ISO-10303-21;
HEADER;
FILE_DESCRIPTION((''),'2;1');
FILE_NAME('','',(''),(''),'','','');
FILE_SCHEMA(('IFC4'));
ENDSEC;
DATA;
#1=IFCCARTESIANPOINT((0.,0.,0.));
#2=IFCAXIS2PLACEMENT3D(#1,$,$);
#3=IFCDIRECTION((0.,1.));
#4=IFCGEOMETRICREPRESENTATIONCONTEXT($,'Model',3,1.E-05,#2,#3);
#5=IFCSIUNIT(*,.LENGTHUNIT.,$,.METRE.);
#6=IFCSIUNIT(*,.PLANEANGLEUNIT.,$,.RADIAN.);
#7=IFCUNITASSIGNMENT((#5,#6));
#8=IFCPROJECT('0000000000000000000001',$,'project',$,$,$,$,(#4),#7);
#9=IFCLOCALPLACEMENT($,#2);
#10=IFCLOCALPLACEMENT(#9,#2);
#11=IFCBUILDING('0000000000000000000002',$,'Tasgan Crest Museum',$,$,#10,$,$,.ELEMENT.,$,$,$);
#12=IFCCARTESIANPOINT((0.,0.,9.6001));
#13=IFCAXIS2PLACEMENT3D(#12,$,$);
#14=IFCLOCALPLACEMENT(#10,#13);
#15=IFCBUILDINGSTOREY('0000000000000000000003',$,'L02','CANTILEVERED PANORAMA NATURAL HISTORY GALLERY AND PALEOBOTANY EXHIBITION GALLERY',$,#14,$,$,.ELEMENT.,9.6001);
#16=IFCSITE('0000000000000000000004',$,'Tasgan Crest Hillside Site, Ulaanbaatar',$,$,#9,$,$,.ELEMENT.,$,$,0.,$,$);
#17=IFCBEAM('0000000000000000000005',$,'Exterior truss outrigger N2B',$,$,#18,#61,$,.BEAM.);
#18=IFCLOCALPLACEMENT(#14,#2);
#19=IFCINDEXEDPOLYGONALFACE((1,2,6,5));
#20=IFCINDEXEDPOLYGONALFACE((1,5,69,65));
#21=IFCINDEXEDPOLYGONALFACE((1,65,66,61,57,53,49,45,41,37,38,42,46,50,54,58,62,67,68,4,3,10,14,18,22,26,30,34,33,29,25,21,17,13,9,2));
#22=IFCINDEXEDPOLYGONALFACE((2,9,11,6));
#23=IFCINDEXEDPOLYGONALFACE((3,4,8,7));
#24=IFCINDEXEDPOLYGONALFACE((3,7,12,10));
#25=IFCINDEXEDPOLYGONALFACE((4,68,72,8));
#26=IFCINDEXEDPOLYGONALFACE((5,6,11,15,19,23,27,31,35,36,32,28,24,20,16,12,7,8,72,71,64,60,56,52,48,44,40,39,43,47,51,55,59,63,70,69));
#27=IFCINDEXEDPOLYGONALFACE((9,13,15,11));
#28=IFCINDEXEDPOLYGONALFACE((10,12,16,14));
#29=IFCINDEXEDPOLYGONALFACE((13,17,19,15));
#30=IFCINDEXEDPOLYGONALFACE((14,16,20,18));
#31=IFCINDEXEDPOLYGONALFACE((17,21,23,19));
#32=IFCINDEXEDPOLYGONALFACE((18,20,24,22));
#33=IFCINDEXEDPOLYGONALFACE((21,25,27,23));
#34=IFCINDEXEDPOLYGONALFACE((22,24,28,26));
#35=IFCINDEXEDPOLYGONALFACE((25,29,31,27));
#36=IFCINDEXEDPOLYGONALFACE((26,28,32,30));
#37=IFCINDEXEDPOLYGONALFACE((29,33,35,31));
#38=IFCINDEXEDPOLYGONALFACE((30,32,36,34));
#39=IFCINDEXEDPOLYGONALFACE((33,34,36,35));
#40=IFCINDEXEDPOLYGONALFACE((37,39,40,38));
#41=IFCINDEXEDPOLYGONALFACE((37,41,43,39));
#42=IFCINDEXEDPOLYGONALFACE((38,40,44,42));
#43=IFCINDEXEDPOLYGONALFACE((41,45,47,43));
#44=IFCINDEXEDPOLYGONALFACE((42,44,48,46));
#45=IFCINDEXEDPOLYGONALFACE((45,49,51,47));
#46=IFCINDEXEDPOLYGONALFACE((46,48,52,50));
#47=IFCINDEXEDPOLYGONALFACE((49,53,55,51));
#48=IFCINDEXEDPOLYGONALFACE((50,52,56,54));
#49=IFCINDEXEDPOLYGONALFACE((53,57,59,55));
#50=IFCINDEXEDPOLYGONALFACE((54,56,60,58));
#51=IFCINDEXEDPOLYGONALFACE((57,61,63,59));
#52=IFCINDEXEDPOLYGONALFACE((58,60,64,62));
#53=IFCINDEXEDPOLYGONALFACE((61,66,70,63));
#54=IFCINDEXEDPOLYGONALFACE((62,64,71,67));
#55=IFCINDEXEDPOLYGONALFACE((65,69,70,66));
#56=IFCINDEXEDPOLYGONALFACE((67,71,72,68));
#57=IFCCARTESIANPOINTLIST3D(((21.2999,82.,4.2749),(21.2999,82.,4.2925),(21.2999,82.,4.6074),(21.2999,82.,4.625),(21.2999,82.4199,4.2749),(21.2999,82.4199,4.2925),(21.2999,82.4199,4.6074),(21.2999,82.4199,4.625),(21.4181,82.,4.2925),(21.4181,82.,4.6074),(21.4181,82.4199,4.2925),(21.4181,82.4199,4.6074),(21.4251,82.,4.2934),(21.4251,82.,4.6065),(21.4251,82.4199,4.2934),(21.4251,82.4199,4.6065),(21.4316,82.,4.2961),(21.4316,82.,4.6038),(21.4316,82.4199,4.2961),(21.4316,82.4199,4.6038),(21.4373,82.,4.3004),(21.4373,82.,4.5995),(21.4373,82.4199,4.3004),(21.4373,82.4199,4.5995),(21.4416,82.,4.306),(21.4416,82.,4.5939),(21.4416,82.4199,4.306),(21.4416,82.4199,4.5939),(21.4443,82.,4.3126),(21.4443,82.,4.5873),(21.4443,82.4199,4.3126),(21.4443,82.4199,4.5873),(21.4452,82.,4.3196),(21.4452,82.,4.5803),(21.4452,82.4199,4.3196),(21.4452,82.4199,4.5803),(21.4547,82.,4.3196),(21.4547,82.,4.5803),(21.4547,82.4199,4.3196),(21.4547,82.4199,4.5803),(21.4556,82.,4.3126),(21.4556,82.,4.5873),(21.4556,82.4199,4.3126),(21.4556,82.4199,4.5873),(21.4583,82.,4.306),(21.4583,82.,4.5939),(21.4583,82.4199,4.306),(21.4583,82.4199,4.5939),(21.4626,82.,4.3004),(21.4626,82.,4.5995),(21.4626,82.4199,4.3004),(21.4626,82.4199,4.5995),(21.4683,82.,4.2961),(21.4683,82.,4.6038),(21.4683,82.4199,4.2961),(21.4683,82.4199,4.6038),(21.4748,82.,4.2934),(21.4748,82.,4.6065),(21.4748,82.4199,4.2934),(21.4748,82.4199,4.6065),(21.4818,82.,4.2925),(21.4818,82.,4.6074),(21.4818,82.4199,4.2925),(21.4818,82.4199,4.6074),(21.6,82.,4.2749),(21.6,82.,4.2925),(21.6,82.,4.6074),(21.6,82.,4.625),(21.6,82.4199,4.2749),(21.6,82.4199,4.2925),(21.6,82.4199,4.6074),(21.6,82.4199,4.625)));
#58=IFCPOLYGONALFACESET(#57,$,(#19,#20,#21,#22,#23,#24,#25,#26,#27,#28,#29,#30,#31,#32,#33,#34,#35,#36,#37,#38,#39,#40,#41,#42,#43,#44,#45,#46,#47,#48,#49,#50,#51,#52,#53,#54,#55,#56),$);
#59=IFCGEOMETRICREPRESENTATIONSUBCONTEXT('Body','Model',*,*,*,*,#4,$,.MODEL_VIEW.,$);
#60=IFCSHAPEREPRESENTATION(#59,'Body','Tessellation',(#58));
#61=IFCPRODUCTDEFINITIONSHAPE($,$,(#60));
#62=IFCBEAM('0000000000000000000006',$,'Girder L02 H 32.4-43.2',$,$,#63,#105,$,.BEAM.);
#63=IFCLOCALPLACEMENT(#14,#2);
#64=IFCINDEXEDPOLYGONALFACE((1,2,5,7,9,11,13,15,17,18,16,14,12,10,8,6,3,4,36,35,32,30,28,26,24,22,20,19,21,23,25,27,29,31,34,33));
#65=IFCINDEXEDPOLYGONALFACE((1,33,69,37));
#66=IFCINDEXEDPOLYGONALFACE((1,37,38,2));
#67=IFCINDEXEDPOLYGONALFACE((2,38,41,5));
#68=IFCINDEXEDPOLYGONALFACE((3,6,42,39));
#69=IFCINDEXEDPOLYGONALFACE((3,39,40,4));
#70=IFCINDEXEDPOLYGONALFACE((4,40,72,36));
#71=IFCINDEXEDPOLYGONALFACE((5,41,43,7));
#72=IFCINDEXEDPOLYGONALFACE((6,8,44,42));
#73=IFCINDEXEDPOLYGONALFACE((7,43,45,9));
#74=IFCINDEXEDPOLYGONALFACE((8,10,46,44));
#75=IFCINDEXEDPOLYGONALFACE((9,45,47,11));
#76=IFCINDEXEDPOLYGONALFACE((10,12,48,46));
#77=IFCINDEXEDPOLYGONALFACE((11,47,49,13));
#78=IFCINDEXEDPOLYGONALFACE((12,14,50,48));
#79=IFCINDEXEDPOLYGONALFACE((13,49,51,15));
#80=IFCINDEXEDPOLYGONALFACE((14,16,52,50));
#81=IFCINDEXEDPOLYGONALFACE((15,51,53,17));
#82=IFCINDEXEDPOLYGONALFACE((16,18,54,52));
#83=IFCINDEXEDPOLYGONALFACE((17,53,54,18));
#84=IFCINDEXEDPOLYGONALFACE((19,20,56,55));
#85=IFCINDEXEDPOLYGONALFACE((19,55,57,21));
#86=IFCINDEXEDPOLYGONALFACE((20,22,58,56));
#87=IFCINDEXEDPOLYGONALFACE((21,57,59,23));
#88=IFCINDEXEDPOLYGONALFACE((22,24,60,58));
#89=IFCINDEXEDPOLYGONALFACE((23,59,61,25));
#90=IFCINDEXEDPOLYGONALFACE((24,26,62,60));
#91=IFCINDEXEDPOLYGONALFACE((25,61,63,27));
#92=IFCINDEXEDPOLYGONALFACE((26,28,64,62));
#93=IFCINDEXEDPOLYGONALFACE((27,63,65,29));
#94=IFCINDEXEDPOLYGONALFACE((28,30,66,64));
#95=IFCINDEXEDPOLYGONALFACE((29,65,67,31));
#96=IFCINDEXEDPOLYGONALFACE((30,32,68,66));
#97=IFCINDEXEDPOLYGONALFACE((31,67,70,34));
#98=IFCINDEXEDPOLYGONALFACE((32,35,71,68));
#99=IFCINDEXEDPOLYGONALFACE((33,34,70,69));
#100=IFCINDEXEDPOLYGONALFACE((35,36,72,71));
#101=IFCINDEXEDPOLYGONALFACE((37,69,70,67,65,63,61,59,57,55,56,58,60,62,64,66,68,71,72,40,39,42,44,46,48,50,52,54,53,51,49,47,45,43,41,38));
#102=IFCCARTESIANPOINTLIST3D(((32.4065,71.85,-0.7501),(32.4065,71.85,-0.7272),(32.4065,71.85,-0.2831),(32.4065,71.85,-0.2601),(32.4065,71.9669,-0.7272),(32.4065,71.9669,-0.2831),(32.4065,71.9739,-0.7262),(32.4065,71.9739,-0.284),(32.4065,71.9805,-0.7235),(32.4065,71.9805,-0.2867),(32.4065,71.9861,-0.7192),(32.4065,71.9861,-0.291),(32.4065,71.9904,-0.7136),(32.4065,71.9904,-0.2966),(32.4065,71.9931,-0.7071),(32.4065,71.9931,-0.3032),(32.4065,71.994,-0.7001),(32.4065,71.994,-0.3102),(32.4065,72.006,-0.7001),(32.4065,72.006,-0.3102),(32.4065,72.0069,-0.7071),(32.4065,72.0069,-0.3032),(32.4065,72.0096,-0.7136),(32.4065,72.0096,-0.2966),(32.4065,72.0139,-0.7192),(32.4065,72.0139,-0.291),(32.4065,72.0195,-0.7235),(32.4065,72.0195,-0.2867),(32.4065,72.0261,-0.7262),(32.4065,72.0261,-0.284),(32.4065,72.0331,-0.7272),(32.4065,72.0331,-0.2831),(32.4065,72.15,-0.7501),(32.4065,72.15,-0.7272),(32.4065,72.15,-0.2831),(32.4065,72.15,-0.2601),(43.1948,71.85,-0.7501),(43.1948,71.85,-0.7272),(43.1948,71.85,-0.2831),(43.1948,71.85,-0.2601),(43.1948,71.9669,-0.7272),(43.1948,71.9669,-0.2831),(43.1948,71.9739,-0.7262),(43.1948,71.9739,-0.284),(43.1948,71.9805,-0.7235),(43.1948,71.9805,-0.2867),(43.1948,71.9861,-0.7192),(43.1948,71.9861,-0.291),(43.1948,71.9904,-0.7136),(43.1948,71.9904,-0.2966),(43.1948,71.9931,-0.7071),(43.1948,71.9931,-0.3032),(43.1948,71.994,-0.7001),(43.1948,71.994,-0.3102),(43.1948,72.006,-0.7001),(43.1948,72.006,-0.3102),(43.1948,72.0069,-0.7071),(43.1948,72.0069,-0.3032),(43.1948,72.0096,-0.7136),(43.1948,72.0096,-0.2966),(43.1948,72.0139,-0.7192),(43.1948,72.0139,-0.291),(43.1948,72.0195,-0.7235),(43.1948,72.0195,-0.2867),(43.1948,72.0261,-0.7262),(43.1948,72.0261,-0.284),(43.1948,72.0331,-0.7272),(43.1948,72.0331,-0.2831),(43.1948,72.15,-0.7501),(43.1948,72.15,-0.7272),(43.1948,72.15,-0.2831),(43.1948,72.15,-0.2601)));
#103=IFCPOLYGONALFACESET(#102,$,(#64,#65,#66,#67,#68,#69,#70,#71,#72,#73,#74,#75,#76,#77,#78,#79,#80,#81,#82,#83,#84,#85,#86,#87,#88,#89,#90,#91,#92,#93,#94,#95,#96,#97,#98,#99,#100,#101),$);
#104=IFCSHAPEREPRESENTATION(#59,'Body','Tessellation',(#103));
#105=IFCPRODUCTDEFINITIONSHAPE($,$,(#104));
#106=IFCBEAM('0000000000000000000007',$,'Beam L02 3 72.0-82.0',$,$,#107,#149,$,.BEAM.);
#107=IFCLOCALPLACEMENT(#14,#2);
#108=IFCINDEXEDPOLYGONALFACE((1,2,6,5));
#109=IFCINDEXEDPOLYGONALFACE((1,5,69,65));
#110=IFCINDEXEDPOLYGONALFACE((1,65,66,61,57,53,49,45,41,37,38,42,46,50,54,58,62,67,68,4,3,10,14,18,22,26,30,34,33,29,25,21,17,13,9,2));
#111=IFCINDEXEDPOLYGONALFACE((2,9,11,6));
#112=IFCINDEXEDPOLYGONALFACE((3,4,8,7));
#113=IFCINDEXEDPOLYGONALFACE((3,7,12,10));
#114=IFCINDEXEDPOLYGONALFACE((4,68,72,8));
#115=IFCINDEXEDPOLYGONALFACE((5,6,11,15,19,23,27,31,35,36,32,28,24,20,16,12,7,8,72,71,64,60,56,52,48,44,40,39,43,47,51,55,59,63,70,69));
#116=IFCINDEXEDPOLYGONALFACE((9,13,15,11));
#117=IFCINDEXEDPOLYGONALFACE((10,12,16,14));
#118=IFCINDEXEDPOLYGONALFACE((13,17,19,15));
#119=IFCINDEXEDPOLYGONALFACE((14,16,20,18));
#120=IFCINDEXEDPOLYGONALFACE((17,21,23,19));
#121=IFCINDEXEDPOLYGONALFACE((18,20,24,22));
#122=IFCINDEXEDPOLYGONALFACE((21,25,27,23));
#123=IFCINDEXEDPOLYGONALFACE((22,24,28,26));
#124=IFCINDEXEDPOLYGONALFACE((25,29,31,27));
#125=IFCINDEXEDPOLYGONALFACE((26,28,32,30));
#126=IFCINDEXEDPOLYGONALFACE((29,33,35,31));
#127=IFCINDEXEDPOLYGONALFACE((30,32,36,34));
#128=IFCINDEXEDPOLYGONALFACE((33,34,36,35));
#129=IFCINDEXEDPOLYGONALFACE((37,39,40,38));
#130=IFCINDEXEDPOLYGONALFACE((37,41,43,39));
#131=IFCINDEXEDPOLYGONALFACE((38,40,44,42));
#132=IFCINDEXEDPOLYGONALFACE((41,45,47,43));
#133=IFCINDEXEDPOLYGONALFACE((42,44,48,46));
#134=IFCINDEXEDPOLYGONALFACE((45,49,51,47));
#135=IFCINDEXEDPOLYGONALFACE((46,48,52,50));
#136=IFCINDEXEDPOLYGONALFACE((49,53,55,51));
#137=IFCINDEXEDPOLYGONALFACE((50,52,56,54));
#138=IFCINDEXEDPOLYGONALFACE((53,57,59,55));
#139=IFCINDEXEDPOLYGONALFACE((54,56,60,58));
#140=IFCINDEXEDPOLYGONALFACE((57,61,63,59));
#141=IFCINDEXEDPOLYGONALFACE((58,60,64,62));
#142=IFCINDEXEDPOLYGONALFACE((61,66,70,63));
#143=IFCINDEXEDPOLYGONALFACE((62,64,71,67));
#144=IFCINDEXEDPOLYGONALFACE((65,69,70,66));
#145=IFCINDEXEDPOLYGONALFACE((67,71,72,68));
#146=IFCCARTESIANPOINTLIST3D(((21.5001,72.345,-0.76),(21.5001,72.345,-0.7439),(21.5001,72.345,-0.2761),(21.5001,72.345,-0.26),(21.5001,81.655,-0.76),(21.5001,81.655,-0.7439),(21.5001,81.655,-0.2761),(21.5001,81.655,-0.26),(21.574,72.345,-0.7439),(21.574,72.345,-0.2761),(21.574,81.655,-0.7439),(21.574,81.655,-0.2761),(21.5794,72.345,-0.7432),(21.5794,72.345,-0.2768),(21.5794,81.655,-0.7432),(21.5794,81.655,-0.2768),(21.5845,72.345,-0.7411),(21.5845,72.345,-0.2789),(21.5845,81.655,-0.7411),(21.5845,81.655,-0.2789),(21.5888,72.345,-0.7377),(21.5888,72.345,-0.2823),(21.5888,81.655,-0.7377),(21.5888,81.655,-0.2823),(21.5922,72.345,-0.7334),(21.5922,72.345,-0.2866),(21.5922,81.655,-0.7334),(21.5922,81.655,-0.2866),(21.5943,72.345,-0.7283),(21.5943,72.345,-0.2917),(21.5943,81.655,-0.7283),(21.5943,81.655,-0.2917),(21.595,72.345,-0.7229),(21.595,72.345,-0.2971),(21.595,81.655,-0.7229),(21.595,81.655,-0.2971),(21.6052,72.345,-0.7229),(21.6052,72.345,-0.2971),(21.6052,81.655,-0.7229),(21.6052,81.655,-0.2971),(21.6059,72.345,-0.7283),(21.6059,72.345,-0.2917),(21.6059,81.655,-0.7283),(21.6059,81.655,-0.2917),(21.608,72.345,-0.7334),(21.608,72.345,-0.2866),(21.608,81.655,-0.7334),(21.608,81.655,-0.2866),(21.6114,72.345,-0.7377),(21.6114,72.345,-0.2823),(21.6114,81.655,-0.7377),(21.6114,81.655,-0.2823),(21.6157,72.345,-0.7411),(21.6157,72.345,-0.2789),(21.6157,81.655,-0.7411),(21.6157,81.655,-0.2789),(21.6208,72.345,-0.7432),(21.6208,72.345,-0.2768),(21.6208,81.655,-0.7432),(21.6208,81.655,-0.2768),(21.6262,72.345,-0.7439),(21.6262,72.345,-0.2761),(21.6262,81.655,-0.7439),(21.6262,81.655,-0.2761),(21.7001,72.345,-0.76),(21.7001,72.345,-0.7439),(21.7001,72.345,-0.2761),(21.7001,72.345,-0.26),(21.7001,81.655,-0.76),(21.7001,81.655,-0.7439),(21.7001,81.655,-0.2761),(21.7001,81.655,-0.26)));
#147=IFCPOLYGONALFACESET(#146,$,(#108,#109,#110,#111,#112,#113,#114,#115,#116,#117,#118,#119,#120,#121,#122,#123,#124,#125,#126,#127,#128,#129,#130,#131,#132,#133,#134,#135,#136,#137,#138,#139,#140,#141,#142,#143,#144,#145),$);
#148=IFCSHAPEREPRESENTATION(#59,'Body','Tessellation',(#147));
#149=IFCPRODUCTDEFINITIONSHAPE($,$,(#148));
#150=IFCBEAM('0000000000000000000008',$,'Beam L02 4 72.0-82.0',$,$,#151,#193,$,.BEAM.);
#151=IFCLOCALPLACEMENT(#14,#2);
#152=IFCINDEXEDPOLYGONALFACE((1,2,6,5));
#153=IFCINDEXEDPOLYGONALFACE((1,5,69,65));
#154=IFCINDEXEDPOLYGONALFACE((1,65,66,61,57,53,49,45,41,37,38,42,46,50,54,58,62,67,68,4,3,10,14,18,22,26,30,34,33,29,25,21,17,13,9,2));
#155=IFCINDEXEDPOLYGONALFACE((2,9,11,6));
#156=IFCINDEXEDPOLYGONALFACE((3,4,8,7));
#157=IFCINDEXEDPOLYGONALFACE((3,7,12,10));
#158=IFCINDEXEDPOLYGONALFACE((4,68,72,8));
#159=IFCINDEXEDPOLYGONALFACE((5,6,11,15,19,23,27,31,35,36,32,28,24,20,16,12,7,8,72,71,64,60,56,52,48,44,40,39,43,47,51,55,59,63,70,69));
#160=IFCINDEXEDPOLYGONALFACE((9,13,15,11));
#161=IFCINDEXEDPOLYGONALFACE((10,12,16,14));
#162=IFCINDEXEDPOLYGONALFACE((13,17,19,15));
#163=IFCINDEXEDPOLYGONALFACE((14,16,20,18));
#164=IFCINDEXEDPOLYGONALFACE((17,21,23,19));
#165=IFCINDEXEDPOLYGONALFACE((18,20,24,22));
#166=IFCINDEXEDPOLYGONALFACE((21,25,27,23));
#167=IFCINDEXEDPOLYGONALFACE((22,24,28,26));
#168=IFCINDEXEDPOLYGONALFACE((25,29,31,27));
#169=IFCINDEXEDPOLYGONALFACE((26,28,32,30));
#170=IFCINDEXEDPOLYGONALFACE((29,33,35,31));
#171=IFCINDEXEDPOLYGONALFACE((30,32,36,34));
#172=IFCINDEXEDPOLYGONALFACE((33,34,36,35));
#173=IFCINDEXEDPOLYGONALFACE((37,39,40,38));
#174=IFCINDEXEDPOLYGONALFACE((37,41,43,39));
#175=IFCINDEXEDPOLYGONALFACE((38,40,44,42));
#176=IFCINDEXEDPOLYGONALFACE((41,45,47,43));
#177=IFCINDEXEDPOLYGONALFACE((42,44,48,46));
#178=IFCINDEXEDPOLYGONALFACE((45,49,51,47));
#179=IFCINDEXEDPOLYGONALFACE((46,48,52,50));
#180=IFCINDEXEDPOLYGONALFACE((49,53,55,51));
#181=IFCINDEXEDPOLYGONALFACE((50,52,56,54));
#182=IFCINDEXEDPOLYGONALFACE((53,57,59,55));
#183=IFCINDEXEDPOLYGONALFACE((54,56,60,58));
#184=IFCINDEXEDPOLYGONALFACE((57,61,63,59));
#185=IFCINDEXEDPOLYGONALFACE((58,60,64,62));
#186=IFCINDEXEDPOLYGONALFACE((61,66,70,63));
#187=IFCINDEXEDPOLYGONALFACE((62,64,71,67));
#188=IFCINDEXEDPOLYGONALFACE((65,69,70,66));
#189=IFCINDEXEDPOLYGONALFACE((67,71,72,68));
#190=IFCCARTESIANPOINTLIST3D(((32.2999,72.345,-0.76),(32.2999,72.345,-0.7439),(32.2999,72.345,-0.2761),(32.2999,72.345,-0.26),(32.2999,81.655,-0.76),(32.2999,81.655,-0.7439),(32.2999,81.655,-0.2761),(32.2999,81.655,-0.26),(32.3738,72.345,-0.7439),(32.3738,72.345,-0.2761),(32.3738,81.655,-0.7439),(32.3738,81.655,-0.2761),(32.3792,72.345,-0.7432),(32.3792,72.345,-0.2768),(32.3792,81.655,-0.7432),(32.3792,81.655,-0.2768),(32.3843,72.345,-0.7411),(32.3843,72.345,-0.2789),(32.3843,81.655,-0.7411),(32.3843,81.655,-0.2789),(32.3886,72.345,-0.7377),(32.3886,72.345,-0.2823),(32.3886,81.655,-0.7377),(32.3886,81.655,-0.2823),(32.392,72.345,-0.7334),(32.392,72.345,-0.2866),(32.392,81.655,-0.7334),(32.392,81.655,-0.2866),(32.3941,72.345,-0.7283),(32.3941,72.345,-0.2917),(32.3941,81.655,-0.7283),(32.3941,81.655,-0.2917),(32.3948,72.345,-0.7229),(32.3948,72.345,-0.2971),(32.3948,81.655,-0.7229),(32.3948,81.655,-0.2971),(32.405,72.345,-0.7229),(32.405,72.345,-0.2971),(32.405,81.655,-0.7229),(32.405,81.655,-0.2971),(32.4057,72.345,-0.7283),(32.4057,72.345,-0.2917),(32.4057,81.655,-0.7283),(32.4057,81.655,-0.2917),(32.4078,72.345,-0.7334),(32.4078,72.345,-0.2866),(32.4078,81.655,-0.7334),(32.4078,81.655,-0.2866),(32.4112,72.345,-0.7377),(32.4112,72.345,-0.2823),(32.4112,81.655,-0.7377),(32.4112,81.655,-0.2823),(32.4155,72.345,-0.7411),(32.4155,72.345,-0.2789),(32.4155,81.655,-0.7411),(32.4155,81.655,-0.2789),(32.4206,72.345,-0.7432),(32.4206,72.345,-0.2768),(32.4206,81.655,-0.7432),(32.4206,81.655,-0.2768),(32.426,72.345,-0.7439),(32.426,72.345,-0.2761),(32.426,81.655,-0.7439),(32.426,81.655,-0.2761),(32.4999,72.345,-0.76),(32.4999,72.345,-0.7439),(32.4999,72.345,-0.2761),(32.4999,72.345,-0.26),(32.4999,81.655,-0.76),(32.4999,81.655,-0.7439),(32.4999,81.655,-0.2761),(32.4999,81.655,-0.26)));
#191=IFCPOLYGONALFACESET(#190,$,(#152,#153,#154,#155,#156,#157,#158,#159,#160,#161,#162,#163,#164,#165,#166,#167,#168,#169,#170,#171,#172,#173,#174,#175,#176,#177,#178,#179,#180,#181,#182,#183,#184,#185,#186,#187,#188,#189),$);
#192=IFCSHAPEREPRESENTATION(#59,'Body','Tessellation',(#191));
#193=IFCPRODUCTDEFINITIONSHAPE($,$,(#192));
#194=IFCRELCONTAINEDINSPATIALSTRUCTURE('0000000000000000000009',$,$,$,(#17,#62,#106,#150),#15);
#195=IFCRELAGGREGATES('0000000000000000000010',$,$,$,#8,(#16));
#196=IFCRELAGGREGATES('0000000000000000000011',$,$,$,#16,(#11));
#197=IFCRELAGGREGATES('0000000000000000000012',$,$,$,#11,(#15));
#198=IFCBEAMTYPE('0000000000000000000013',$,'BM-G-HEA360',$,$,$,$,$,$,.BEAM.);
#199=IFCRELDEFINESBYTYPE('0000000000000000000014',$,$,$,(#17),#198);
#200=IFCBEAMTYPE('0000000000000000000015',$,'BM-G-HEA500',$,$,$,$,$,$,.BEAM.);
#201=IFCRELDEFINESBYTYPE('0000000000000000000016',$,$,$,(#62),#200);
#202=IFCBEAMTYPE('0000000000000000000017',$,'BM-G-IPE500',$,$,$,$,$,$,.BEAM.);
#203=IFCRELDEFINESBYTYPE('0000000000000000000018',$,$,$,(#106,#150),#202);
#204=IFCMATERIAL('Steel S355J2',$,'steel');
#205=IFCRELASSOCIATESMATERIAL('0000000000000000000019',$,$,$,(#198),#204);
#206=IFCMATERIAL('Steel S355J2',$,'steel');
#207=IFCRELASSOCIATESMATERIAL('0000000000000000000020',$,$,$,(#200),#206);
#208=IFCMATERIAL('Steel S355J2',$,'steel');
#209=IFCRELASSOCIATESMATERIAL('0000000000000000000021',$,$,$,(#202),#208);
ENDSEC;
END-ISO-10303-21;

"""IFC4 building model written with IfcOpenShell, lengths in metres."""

from ifc_helpers import new_model, si_unit, direction, frame, origin, origin_2d, place, context, subcontext, project, spatial, i_section, extrude, material, material_profile, profile_set, type_object, element, save


model = new_model("IFC4")

# Units and contexts
model_context = context("Model", 3, precision=1e-05, world=origin(), true_north=direction((0.0, 1.0)))
body_context = subcontext(model_context, "Body", "Model", "MODEL_VIEW")
ifc_project = project(units=[si_unit("LENGTHUNIT", "METRE"), si_unit("PLANEANGLEUNIT", "RADIAN")], contexts=[model_context])

# Site, building, storey
site_placement = place(None, origin())
site = spatial("IfcSite", under=ifc_project, at=site_placement, Name="Tasgan Crest Hillside Site, Ulaanbaatar", CompositionType="ELEMENT", RefElevation=0.0)
building_placement = place(site_placement, origin())
building = spatial("IfcBuilding", under=site, at=building_placement, Name="Tasgan Crest Museum", CompositionType="ELEMENT")
storey_placement = place(building_placement, frame((0.0, 0.0, 9.6001)))
storey = spatial("IfcBuildingStorey", under=building, at=storey_placement, Name="L02", Description="CANTILEVERED PANORAMA NATURAL HISTORY GALLERY AND PALEOBOTANY EXHIBITION GALLERY", CompositionType="ELEMENT", Elevation=9.6001)

# Beams
ifc_material_1 = material(Name="Steel S355J2", Category="steel")
ifc_material_profile_1 = material_profile(ifc_material_1, i_section(OverallWidth=0.3, OverallDepth=0.3501, WebThickness=0.0095, FlangeThickness=0.0176, FilletRadius=0.0271, at=origin_2d()), Name="HEA 360")
ifc_profile_set_1 = profile_set([ifc_material_profile_1], Name="Steel S355J2")
beam_type_1 = type_object("IfcBeamType", Name="BM-G-HEA360", PredefinedType="BEAM", material=ifc_profile_set_1)
beam_1_placement = place(storey_placement, frame((21.45, 82.0, 4.45), z_axis=(0.0, 1.0, 0.0), x_axis=(-1.0, 0.0, 0.0)))
element("IfcBeam", 1, at=beam_1_placement, inside=storey, type_object=beam_type_1, Name="Exterior truss outrigger N2B", PredefinedType="BEAM", context=body_context, shape_type="SweptSolid", body=[
    extrude(i_section(OverallWidth=0.3, OverallDepth=0.3501, WebThickness=0.0095, FlangeThickness=0.0176, FilletRadius=0.0271, at=origin_2d()), origin(), (0.0, 0.0, 1.0), 0.4199),
])
ifc_material_2 = material(Name="Steel S355J2", Category="steel")
ifc_material_profile_2 = material_profile(ifc_material_2, i_section(OverallWidth=0.3, OverallDepth=0.49, WebThickness=0.012, FlangeThickness=0.0229, FilletRadius=0.0271, at=origin_2d()), Name="HEA 500")
ifc_profile_set_2 = profile_set([ifc_material_profile_2], Name="Steel S355J2")
beam_type_2 = type_object("IfcBeamType", Name="BM-G-HEA500", PredefinedType="BEAM", material=ifc_profile_set_2)
beam_2_placement = place(storey_placement, frame((32.4065, 72.0, -0.5051), z_axis=(1.0, 0.0, 0.0), x_axis=(0.0, 1.0, 0.0)))
element("IfcBeam", 2, at=beam_2_placement, inside=storey, type_object=beam_type_2, Name="Girder L02 H 32.4-43.2", PredefinedType="BEAM", context=body_context, shape_type="SweptSolid", body=[
    extrude(i_section(OverallWidth=0.3, OverallDepth=0.49, WebThickness=0.012, FlangeThickness=0.0229, FilletRadius=0.0271, at=origin_2d()), origin(), (0.0, 0.0, 1.0), 10.7883),
])
ifc_material_3 = material(Name="Steel S355J2", Category="steel")
ifc_material_profile_3 = material_profile(ifc_material_3, i_section(OverallWidth=0.2, OverallDepth=0.5, WebThickness=0.0103, FlangeThickness=0.0161, FilletRadius=0.021, at=origin_2d()), Name="IPE 500")
ifc_profile_set_3 = profile_set([ifc_material_profile_3], Name="Steel S355J2")
beam_type_3 = type_object("IfcBeamType", Name="BM-G-IPE500", PredefinedType="BEAM", material=ifc_profile_set_3)
for number, where, z_axis, x_axis, name in (
    (3, (21.6001, 72.345, -0.51), (0.0, 1.0, 0.0), (-1.0, 0.0, 0.0), "Beam L02 3 72.0-82.0"),
    (4, (32.3999, 72.345, -0.51), (0.0, 1.0, 0.0), (-1.0, 0.0, 0.0), "Beam L02 4 72.0-82.0"),
):
    element("IfcBeam", number, at=place(storey_placement, frame(where, z_axis=z_axis, x_axis=x_axis)), inside=storey, type_object=beam_type_3, Name=name, PredefinedType="BEAM", context=body_context, shape_type="SweptSolid", body=[
        extrude(i_section(OverallWidth=0.2, OverallDepth=0.5, WebThickness=0.0103, FlangeThickness=0.0161, FilletRadius=0.021, at=origin_2d()), origin(), (0.0, 0.0, 1.0), 9.3101),
    ])

save(model, "model.ifc")
